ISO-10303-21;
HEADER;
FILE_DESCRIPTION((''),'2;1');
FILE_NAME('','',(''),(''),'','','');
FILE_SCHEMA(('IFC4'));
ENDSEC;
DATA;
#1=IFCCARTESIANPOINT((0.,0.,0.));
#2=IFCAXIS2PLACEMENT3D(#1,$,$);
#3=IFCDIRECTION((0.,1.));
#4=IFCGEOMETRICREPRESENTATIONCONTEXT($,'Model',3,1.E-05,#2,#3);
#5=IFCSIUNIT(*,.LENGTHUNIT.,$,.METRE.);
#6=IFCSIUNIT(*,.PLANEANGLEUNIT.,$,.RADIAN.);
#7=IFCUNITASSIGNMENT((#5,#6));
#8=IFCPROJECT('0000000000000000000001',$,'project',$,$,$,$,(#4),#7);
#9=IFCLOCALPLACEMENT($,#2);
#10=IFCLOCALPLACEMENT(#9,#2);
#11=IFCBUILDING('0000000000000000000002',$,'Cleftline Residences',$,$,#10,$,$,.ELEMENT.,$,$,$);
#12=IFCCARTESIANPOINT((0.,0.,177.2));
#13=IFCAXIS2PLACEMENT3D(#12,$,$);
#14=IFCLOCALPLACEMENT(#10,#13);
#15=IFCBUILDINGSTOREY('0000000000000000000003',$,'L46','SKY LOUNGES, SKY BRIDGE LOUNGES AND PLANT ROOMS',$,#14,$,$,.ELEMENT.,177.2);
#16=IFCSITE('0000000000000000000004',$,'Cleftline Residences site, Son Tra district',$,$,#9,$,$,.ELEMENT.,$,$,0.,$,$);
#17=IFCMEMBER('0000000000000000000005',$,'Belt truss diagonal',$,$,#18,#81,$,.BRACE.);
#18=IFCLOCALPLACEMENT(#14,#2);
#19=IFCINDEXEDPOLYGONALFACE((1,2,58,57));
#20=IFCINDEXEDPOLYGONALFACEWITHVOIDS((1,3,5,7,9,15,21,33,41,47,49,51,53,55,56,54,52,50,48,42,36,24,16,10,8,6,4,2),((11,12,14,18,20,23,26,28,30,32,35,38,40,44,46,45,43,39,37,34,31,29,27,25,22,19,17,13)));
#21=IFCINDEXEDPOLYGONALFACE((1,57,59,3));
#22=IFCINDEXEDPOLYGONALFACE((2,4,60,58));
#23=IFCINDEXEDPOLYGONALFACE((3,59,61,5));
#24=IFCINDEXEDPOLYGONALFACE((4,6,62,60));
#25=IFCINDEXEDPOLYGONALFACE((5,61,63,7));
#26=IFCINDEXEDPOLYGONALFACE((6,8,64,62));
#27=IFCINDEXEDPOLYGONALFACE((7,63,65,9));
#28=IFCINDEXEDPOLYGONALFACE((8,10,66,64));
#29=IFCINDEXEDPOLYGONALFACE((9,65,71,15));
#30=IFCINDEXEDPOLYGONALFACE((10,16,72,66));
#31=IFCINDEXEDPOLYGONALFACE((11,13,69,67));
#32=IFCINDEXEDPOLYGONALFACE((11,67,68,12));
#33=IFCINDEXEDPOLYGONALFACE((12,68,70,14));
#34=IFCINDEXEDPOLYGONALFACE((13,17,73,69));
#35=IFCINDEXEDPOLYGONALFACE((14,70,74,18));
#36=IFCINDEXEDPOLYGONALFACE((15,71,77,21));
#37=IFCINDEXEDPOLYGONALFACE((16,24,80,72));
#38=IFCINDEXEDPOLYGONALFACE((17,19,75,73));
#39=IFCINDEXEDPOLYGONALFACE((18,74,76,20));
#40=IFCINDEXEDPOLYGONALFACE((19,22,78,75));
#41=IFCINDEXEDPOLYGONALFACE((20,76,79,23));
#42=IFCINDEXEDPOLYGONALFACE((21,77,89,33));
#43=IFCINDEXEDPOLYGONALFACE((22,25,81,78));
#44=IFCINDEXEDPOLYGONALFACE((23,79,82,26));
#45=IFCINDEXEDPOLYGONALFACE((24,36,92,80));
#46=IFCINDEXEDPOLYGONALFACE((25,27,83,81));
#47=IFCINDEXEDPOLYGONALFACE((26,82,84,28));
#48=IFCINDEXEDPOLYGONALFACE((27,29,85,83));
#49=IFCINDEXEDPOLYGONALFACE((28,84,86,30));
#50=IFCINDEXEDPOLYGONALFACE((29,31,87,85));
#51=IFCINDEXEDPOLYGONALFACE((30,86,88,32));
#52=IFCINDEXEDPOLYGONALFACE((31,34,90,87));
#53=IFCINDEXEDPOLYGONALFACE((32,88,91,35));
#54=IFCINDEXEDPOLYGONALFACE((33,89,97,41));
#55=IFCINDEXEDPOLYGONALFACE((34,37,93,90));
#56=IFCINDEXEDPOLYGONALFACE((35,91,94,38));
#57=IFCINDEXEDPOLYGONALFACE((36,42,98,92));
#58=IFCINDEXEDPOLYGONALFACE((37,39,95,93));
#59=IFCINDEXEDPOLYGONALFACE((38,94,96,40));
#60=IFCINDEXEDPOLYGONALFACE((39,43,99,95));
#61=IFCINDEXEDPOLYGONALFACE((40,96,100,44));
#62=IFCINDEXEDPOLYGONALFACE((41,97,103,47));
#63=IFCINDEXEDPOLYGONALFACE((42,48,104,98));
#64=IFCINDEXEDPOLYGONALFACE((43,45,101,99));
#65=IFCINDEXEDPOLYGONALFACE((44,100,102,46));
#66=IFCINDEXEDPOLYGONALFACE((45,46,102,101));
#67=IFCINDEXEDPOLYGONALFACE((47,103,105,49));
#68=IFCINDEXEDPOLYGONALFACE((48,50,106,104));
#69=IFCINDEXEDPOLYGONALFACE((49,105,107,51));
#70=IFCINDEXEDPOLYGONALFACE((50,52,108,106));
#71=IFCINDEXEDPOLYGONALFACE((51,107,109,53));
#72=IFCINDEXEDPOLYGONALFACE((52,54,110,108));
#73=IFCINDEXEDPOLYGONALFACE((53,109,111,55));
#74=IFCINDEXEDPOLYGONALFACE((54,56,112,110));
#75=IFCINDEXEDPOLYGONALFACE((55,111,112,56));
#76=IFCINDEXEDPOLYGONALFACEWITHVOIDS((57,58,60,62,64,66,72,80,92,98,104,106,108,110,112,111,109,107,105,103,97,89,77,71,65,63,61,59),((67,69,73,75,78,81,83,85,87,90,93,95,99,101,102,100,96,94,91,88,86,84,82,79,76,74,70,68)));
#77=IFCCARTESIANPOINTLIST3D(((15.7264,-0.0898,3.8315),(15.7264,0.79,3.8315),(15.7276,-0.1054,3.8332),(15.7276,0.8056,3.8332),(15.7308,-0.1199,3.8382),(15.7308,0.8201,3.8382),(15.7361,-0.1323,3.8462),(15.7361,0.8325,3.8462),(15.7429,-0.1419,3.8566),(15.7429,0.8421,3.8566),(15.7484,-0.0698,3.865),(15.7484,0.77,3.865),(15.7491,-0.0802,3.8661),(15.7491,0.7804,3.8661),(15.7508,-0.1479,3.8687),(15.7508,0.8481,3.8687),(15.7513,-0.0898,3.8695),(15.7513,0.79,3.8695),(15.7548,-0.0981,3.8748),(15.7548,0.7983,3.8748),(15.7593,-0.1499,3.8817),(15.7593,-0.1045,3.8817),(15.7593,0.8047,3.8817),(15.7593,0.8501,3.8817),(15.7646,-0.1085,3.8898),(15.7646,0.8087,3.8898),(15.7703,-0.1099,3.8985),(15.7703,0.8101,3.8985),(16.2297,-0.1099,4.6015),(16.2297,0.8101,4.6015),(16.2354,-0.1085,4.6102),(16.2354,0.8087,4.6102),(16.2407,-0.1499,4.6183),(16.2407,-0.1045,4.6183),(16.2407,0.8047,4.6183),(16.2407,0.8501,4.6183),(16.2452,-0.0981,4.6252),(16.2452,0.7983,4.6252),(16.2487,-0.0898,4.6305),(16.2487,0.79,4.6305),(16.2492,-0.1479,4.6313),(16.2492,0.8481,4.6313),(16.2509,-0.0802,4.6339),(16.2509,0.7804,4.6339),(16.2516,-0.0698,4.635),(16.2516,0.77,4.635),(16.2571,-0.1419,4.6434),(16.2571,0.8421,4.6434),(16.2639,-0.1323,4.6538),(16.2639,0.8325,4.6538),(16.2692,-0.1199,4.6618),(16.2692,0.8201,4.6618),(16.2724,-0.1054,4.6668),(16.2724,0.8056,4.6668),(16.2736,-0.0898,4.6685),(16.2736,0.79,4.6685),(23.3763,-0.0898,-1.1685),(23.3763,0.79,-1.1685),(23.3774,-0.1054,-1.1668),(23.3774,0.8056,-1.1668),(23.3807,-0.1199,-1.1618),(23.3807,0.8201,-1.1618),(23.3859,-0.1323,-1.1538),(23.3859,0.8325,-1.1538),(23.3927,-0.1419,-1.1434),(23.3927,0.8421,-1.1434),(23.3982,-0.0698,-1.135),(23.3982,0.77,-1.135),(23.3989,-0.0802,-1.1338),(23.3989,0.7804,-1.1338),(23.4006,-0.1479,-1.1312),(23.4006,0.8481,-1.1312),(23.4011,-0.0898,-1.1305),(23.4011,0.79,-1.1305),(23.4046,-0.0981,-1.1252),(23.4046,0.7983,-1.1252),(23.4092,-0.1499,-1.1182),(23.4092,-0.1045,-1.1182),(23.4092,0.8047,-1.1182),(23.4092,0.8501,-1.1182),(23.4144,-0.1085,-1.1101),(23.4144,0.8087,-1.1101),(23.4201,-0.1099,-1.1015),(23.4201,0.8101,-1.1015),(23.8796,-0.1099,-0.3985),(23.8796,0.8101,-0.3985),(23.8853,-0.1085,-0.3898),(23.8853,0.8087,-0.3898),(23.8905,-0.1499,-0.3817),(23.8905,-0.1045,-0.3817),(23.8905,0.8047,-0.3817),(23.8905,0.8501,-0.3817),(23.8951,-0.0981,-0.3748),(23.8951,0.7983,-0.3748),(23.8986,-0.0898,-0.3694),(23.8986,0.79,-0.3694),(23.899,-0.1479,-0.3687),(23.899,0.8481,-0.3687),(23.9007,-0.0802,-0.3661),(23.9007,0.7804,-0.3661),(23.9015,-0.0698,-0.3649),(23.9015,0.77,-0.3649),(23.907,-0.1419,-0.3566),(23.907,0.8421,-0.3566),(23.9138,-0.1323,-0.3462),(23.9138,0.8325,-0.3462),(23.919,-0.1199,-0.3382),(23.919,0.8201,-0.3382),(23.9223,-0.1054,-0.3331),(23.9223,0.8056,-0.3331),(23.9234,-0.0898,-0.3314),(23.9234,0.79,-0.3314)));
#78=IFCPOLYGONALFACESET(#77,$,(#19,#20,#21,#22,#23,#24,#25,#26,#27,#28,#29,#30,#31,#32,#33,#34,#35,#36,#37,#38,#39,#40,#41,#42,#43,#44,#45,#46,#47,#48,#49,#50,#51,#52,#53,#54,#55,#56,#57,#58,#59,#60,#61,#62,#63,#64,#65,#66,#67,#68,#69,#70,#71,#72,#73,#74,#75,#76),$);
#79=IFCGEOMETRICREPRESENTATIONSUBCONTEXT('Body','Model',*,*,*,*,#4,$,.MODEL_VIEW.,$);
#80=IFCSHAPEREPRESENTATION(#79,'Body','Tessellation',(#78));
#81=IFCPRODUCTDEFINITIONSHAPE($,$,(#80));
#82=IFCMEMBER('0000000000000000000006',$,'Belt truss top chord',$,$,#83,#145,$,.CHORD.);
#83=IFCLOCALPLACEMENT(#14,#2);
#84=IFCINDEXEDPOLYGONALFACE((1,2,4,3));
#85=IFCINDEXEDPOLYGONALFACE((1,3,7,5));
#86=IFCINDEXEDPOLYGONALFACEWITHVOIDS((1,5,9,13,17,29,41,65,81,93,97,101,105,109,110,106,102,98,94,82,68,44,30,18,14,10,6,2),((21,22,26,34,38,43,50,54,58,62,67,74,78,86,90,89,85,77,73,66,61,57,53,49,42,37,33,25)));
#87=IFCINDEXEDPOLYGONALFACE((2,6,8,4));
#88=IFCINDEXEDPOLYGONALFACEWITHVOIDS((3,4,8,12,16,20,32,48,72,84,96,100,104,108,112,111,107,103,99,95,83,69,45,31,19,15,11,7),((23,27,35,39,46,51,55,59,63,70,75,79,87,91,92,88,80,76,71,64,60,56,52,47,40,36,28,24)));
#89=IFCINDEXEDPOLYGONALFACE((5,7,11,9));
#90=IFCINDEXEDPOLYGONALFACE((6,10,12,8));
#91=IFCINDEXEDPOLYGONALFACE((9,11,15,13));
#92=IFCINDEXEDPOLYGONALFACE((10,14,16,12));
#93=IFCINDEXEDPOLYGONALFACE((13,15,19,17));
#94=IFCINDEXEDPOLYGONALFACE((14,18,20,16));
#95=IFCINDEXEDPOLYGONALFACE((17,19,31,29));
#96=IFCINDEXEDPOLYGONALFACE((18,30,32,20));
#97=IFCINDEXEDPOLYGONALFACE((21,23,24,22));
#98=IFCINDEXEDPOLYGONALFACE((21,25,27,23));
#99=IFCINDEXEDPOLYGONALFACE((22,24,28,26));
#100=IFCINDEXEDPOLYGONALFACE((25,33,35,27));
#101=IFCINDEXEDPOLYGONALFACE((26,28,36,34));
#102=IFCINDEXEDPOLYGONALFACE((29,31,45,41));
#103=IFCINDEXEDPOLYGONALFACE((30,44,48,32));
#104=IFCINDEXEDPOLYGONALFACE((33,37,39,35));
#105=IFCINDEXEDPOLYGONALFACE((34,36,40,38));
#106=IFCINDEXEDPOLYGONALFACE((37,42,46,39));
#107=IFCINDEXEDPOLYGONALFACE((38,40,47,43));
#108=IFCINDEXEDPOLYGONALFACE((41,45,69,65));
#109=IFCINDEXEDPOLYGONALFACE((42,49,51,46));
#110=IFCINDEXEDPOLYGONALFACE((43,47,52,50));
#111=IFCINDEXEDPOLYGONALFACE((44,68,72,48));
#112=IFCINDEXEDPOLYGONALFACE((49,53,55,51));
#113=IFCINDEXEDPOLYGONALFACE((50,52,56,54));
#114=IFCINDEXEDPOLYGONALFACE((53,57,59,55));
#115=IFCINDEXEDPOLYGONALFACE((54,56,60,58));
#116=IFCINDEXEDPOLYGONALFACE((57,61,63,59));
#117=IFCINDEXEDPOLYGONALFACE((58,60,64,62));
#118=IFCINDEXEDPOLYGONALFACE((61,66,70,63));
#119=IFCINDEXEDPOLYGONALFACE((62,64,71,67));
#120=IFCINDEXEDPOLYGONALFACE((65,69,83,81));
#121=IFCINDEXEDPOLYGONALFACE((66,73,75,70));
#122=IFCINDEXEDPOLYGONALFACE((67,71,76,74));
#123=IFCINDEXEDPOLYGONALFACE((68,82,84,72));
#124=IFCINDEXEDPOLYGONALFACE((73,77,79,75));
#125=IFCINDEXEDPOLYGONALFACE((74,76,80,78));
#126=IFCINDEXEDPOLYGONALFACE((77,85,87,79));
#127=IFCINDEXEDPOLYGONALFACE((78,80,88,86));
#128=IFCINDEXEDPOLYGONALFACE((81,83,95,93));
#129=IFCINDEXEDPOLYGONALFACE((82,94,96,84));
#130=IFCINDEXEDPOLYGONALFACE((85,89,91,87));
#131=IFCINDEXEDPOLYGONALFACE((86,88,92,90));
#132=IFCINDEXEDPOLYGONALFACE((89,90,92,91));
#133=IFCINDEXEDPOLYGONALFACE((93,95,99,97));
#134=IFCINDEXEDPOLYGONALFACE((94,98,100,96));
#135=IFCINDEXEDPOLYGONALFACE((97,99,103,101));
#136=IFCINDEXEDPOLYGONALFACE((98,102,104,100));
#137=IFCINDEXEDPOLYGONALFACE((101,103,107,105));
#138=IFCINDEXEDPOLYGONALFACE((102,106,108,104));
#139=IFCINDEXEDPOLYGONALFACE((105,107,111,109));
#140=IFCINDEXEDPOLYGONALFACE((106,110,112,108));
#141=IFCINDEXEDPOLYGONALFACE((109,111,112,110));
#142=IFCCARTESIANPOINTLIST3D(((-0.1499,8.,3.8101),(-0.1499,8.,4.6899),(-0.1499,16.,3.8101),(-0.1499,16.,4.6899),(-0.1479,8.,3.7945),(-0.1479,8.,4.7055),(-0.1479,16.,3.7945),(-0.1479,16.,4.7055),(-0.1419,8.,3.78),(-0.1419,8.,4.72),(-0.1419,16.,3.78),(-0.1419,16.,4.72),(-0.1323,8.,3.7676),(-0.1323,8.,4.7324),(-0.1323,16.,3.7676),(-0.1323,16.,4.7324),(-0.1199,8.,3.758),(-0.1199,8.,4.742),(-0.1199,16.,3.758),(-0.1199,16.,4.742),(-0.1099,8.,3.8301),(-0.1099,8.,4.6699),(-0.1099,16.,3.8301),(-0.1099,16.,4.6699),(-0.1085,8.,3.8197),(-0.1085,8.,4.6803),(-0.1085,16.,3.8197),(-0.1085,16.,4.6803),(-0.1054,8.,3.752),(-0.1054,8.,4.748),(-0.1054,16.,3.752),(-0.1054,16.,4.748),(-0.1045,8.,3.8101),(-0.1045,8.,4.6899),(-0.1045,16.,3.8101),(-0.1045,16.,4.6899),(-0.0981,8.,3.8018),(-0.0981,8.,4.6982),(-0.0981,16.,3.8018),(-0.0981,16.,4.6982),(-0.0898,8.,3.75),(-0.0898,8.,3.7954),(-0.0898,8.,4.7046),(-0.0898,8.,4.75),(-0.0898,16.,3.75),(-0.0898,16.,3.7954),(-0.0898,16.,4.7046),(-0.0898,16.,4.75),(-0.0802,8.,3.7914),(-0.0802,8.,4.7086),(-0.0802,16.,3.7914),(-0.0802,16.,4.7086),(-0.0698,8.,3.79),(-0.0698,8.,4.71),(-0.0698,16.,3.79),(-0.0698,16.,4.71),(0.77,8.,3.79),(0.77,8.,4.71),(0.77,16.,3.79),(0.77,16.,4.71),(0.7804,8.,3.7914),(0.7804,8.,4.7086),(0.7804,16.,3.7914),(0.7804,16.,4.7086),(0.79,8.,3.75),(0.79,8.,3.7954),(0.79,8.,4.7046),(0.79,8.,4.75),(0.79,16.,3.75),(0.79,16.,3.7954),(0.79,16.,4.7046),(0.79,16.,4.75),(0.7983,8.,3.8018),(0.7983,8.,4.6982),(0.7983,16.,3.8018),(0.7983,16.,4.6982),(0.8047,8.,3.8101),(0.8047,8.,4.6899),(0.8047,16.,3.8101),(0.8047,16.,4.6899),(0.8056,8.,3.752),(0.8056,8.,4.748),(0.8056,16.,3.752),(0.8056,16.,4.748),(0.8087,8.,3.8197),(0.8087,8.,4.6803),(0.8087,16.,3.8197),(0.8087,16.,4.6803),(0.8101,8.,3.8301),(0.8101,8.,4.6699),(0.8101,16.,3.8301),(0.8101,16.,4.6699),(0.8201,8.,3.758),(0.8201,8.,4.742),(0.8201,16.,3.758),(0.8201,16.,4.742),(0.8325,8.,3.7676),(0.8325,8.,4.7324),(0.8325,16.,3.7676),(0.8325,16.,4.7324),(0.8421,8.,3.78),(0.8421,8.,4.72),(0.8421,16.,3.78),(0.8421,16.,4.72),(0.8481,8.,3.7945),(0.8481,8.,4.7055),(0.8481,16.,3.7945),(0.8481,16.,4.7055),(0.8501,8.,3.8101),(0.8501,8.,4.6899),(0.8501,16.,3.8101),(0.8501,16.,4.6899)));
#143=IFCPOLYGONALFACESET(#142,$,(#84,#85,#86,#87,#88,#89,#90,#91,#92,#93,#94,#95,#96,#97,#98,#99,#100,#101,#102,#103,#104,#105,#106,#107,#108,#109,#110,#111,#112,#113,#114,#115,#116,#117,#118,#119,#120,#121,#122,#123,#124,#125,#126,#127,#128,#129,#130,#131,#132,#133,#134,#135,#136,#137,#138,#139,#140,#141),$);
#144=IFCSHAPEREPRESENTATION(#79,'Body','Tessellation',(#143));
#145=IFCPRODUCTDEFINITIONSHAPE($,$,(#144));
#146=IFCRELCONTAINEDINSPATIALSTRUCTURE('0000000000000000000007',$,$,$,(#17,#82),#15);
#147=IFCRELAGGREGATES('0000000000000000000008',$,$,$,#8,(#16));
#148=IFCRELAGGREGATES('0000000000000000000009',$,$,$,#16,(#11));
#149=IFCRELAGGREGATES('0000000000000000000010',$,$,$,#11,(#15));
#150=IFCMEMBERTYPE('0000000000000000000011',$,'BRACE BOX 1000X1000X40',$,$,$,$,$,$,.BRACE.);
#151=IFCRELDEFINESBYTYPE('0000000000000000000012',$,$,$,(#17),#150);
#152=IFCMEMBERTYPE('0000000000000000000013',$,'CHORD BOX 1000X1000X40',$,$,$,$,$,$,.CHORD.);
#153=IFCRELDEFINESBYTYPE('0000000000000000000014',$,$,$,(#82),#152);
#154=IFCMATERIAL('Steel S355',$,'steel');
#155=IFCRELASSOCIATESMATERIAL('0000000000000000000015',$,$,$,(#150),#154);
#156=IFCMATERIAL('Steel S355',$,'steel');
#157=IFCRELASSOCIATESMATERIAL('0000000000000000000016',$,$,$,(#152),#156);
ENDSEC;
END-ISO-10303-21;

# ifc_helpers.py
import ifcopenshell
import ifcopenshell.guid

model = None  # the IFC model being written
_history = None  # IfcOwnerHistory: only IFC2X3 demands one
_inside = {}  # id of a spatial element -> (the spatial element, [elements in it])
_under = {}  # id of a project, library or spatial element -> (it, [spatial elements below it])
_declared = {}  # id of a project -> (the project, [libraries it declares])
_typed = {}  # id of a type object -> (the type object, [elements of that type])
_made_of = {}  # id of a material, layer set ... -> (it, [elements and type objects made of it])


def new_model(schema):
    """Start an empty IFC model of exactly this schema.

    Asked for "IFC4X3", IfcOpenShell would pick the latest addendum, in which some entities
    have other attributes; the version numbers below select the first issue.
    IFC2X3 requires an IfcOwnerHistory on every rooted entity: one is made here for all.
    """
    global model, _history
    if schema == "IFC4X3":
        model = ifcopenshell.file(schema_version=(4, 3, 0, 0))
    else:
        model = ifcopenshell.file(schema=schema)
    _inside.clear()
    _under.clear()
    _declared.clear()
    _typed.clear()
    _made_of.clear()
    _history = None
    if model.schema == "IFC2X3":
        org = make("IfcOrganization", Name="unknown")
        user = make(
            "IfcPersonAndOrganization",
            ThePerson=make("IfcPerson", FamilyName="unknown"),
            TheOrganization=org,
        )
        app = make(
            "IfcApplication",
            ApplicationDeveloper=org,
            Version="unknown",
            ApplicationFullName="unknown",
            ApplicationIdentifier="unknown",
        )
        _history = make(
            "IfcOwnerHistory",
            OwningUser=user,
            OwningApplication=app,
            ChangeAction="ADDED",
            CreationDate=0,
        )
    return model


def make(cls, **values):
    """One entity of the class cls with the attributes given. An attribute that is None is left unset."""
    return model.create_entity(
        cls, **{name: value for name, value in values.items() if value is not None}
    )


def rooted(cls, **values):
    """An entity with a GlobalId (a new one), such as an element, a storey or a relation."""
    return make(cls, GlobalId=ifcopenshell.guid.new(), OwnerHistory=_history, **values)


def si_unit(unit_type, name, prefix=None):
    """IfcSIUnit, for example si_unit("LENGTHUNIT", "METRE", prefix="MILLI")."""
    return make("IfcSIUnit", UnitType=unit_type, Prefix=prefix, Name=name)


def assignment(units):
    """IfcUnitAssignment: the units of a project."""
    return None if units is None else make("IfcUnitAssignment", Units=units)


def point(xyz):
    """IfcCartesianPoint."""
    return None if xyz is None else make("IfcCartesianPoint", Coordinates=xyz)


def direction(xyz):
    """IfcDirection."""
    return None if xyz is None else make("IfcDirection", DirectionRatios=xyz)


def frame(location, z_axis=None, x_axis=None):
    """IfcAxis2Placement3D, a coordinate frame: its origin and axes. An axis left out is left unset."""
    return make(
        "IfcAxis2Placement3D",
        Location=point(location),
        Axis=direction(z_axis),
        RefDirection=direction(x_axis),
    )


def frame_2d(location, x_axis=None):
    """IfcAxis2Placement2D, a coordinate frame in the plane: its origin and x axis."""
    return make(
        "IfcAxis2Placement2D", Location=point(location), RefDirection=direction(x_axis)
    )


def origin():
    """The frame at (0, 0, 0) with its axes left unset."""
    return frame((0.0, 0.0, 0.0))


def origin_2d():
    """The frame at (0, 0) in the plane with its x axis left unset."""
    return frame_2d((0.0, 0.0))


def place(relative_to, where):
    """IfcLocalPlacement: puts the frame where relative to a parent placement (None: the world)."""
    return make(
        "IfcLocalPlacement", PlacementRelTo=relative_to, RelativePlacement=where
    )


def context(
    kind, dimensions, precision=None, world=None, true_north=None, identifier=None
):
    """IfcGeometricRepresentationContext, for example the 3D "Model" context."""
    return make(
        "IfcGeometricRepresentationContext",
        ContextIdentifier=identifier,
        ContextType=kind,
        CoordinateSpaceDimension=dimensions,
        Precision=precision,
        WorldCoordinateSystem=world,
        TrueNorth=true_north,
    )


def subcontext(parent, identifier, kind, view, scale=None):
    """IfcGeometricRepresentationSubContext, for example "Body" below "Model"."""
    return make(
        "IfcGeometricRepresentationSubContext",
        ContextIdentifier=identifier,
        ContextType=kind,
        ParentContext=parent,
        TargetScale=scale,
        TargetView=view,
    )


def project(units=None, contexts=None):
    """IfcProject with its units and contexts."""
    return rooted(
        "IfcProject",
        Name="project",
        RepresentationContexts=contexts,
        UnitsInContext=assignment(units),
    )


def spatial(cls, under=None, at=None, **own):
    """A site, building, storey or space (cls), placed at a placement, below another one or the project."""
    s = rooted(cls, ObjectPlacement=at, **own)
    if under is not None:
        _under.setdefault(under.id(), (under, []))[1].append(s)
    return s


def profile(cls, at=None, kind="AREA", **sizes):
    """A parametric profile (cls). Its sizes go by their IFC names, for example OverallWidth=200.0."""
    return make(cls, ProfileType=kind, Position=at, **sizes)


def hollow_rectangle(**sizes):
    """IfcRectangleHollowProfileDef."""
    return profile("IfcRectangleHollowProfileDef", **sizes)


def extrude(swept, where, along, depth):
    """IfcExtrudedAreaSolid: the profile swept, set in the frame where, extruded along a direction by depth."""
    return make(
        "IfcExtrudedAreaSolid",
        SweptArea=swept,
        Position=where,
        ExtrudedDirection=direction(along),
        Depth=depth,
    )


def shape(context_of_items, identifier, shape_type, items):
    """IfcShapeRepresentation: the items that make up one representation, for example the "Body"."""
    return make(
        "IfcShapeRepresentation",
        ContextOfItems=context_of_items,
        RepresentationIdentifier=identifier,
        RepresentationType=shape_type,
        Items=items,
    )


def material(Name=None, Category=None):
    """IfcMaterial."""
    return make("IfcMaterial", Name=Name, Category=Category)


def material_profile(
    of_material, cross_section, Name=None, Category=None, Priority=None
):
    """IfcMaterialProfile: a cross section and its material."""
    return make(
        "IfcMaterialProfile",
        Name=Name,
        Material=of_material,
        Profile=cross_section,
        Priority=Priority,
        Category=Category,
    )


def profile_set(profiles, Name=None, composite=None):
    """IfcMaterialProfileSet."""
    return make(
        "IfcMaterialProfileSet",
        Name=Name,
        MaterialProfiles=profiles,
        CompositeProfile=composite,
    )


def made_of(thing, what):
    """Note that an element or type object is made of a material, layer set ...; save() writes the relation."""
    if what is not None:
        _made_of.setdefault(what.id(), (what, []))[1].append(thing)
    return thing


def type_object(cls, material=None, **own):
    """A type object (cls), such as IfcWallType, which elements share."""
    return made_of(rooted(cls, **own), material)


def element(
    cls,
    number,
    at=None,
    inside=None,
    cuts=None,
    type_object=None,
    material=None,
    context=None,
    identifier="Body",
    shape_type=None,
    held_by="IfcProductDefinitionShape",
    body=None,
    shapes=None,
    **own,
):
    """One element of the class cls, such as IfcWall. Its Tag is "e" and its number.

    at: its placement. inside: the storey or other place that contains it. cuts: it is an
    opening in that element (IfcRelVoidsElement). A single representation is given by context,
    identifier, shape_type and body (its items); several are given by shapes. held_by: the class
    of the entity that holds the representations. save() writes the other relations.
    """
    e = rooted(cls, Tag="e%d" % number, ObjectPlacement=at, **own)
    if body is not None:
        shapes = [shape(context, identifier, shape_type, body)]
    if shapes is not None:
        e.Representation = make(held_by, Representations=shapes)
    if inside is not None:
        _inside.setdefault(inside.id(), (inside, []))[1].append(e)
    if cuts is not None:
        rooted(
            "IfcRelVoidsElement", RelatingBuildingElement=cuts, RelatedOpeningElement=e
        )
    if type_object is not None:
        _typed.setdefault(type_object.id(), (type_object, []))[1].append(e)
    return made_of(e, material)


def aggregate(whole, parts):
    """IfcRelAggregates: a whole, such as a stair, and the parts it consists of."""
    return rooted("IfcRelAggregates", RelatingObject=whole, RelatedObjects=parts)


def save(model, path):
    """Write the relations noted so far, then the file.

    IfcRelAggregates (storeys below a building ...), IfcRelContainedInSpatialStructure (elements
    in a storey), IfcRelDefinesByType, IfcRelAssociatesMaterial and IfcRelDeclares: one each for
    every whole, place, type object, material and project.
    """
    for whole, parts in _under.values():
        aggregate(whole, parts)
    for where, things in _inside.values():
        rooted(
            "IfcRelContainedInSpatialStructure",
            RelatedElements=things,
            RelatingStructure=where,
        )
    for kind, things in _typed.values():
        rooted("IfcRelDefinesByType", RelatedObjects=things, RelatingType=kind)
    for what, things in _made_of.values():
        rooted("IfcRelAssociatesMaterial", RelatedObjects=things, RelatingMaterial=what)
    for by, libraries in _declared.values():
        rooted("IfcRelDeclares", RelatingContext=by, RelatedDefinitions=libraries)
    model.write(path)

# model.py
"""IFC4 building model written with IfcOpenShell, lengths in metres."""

from ifc_helpers import new_model, si_unit, direction, frame, origin, origin_2d, place, context, subcontext, project, spatial, hollow_rectangle, extrude, material, material_profile, profile_set, type_object, element, save


model = new_model("IFC4")

# Units and contexts
model_context = context("Model", 3, precision=1e-05, world=origin(), true_north=direction((0.0, 1.0)))
body_context = subcontext(model_context, "Body", "Model", "MODEL_VIEW")
ifc_project = project(units=[si_unit("LENGTHUNIT", "METRE"), si_unit("PLANEANGLEUNIT", "RADIAN")], contexts=[model_context])

# Site, building, storey
site_placement = place(None, origin())
site = spatial("IfcSite", under=ifc_project, at=site_placement, Name="Cleftline Residences site, Son Tra district", CompositionType="ELEMENT", RefElevation=0.0)
building_placement = place(site_placement, origin())
building = spatial("IfcBuilding", under=site, at=building_placement, Name="Cleftline Residences", CompositionType="ELEMENT")
storey_placement = place(building_placement, frame((0.0, 0.0, 177.2)))
storey = spatial("IfcBuildingStorey", under=building, at=storey_placement, Name="L46", Description="SKY LOUNGES, SKY BRIDGE LOUNGES AND PLANT ROOMS", CompositionType="ELEMENT", Elevation=177.2)

# Members
ifc_material_1 = material(Name="Steel S355", Category="steel")
ifc_material_profile_1 = material_profile(ifc_material_1, hollow_rectangle(XDim=1.0, YDim=1.0, WallThickness=0.04, InnerFilletRadius=0.04, OuterFilletRadius=0.0601, at=origin_2d()))
ifc_profile_set_1 = profile_set([ifc_material_profile_1], Name="Steel S355")
member_type_1 = type_object("IfcMemberType", Name="BRACE BOX 1000X1000X40", PredefinedType="BRACE", material=ifc_profile_set_1)
member_1_placement = place(storey_placement, frame((16.0, 0.3501, 4.25), z_axis=(0.837063, 0.0, -0.547107), x_axis=(0.547107, 0.0, 0.837063)))
element("IfcMember", 1, at=member_1_placement, inside=storey, type_object=member_type_1, Name="Belt truss diagonal", PredefinedType="BRACE", context=body_context, shape_type="SweptSolid", body=[
    extrude(hollow_rectangle(XDim=1.0, YDim=1.0, WallThickness=0.04, InnerFilletRadius=0.04, OuterFilletRadius=0.0601, at=origin_2d()), origin(), (0.0, 0.0, 1.0), 9.1389),
])
ifc_material_2 = material(Name="Steel S355", Category="steel")
ifc_material_profile_2 = material_profile(ifc_material_2, hollow_rectangle(XDim=1.0, YDim=1.0, WallThickness=0.04, InnerFilletRadius=0.04, OuterFilletRadius=0.0601, at=origin_2d()))
ifc_profile_set_2 = profile_set([ifc_material_profile_2], Name="Steel S355")
member_type_2 = type_object("IfcMemberType", Name="CHORD BOX 1000X1000X40", PredefinedType="CHORD", material=ifc_profile_set_2)
member_2_placement = place(storey_placement, frame((0.3501, 8.0, 4.25), z_axis=(0.0, 1.0, 0.0), x_axis=(-1.0, 0.0, 0.0)))
element("IfcMember", 2, at=member_2_placement, inside=storey, type_object=member_type_2, Name="Belt truss top chord", PredefinedType="CHORD", context=body_context, shape_type="SweptSolid", body=[
    extrude(hollow_rectangle(XDim=1.0, YDim=1.0, WallThickness=0.04, InnerFilletRadius=0.04, OuterFilletRadius=0.0601, at=origin_2d()), origin(), (0.0, 0.0, 1.0), 8.0),
])

save(model, "model.ifc")
